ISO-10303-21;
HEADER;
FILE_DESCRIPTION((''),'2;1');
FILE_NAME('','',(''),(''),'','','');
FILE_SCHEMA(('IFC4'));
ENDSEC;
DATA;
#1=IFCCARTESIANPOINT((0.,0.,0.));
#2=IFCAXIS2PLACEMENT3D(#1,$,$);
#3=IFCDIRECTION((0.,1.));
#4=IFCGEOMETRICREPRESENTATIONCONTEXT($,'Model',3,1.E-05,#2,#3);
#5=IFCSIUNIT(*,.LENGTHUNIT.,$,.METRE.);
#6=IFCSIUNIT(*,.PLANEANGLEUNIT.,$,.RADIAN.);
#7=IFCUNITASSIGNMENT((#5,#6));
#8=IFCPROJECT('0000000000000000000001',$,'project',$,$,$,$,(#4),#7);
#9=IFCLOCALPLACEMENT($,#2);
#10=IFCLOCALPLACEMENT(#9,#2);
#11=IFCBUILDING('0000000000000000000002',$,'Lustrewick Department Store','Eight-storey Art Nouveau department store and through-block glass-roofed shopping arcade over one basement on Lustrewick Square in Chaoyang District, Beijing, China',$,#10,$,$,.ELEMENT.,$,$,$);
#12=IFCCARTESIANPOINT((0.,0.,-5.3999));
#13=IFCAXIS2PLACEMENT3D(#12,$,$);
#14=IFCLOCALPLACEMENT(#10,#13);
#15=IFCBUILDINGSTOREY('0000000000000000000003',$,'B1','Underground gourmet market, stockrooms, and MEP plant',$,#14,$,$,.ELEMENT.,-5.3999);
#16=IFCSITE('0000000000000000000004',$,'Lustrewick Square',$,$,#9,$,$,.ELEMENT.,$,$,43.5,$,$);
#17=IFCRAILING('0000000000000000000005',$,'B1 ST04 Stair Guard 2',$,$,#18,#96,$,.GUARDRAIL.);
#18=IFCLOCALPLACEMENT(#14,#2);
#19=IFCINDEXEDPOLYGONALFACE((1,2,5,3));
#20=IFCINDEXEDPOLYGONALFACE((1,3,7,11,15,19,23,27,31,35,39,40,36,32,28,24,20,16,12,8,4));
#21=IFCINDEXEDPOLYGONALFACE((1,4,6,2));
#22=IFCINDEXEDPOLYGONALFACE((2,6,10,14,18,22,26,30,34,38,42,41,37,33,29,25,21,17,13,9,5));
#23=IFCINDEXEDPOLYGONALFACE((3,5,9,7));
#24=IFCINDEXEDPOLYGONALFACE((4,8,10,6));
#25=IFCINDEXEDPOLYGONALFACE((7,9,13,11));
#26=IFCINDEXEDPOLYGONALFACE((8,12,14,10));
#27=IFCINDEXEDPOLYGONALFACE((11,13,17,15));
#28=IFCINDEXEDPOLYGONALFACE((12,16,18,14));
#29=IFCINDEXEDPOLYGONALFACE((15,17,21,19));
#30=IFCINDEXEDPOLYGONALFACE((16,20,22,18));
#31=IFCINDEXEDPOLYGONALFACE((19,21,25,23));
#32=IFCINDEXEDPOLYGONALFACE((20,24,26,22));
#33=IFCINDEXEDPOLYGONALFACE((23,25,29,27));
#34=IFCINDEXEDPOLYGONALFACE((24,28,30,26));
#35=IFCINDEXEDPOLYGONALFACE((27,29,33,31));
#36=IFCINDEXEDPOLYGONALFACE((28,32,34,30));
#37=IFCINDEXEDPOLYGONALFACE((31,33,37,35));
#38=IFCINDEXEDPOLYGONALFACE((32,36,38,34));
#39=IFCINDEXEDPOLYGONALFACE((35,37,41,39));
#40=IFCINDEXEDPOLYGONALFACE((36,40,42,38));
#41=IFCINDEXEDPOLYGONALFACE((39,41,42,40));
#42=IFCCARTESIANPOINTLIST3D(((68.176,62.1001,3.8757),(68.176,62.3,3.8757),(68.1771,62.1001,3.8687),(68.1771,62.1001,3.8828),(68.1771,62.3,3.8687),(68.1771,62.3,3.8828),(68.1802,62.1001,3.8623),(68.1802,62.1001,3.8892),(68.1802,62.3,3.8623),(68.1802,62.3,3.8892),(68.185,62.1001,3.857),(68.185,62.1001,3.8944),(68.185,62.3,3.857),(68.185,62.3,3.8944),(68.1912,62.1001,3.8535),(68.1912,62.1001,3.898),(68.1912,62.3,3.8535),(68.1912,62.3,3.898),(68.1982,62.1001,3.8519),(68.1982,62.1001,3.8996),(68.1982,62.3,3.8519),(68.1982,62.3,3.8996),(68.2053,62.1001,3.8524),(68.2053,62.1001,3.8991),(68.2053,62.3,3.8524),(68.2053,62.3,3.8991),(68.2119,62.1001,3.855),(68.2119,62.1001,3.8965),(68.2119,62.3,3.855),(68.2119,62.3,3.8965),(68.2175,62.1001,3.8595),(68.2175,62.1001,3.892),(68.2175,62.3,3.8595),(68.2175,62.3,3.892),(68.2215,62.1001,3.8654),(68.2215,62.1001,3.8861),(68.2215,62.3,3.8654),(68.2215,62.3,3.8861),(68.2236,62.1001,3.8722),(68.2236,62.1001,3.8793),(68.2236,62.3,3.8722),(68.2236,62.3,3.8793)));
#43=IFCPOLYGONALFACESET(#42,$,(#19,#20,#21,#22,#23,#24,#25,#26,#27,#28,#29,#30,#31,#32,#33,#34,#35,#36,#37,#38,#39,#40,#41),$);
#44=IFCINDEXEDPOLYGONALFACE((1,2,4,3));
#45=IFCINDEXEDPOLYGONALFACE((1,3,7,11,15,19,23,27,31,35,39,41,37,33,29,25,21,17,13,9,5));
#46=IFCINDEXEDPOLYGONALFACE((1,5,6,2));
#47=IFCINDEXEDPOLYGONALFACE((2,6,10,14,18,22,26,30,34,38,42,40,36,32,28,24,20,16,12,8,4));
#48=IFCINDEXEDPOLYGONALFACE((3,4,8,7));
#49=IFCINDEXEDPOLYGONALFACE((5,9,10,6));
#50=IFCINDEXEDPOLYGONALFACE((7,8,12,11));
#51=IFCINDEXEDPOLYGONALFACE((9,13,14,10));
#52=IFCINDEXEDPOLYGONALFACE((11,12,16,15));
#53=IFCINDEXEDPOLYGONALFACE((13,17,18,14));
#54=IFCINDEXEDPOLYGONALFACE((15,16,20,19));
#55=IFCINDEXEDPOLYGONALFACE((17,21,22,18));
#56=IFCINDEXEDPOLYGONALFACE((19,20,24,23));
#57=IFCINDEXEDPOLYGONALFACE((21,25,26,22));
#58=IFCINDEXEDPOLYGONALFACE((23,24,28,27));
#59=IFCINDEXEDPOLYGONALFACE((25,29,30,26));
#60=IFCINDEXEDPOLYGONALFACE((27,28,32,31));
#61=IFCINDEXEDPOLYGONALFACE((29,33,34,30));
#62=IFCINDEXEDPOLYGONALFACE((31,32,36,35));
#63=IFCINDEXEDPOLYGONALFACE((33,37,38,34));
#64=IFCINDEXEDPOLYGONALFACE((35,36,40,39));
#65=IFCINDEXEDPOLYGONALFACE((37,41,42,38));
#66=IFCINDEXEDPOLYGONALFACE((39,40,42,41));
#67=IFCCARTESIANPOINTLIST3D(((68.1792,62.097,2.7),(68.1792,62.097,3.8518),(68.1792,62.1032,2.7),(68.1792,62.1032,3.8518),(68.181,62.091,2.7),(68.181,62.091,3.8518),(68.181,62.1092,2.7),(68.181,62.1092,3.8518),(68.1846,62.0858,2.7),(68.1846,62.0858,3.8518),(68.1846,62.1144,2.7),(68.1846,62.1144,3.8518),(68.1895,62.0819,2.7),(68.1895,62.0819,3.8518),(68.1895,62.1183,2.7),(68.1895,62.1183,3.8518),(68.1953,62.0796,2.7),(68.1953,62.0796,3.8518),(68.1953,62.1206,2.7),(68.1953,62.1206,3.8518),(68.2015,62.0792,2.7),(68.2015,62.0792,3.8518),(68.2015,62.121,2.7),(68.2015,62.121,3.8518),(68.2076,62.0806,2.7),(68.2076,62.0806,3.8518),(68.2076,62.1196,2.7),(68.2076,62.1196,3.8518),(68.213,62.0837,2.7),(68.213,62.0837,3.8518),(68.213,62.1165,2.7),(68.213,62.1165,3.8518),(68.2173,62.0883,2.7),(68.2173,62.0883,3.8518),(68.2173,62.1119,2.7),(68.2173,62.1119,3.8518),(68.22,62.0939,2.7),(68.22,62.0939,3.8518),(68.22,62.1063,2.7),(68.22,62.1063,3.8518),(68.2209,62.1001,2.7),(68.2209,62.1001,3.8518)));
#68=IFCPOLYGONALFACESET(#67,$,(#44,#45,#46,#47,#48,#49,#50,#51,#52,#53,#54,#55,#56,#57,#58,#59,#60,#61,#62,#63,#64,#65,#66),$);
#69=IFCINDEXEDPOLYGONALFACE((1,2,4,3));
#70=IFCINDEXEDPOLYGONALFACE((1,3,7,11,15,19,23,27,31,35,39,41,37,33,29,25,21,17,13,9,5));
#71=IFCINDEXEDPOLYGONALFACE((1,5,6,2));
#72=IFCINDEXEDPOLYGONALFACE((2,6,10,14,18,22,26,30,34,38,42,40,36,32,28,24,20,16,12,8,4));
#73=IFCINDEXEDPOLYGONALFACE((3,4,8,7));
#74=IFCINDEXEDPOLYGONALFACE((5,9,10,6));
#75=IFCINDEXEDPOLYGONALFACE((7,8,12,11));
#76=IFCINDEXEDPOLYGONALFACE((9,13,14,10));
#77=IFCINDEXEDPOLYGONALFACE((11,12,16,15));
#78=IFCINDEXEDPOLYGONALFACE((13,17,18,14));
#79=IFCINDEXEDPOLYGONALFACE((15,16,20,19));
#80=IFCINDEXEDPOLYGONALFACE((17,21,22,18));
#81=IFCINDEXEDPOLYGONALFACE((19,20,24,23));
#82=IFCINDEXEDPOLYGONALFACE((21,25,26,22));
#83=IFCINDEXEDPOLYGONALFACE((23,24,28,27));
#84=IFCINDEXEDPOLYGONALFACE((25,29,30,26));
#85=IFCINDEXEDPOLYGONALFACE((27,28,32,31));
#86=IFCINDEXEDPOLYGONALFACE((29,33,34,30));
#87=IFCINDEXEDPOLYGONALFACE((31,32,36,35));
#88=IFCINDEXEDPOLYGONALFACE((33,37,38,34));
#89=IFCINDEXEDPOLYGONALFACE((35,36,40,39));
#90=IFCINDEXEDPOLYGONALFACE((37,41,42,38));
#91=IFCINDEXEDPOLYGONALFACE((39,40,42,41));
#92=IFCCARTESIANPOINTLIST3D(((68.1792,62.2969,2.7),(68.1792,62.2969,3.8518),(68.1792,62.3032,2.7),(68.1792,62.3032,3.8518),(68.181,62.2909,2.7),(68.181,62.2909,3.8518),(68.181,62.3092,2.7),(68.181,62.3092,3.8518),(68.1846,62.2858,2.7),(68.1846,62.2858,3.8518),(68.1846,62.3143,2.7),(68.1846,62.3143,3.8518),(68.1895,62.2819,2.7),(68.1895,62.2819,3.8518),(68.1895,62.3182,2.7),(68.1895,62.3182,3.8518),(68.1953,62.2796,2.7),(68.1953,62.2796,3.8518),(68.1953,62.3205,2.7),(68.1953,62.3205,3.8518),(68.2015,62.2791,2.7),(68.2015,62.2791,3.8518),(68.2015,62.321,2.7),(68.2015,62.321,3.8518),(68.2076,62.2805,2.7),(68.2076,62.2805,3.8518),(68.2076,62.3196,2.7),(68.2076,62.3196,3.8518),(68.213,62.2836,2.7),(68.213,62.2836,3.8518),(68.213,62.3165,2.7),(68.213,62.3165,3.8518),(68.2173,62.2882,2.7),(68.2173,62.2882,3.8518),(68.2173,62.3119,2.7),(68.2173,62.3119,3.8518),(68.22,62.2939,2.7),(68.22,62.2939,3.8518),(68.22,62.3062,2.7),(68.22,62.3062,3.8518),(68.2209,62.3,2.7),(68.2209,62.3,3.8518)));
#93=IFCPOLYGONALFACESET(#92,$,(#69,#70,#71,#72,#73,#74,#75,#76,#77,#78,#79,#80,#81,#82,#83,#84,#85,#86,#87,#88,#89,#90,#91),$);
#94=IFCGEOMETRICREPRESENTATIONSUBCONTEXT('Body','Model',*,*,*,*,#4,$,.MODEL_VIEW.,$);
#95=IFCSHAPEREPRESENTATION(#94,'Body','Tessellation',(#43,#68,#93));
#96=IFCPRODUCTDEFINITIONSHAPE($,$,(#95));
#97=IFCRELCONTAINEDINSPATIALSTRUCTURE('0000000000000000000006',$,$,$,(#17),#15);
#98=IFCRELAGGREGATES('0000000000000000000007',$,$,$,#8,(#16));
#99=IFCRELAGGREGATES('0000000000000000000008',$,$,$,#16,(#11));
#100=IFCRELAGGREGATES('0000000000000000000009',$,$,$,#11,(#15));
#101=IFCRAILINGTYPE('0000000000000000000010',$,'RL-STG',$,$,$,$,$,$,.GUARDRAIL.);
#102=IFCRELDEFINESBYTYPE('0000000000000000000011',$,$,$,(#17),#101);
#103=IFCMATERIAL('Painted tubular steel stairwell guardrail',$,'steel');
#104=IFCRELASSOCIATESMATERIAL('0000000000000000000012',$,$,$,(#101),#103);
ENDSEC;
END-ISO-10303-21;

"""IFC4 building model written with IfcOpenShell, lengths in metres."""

from ifc_helpers import new_model, si_unit, direction, frame, origin, origin_2d, place, context, subcontext, project, spatial, circle, extrude, material, type_object, element, save


model = new_model("IFC4")

# Units and contexts
model_context = context("Model", 3, precision=1e-05, world=origin(), true_north=direction((0.0, 1.0)))
body_context = subcontext(model_context, "Body", "Model", "MODEL_VIEW")
ifc_project = project(units=[si_unit("LENGTHUNIT", "METRE"), si_unit("PLANEANGLEUNIT", "RADIAN")], contexts=[model_context])

# Site, building, storey
site_placement = place(None, origin())
site = spatial("IfcSite", under=ifc_project, at=site_placement, Name="Lustrewick Square", CompositionType="ELEMENT", RefElevation=43.5)
building_placement = place(site_placement, origin())
building = spatial("IfcBuilding", under=site, at=building_placement, Name="Lustrewick Department Store", Description="Eight-storey Art Nouveau department store and through-block glass-roofed shopping arcade over one basement on Lustrewick Square in Chaoyang District, Beijing, China", CompositionType="ELEMENT")
storey_placement = place(building_placement, frame((0.0, 0.0, -5.3999)))
storey = spatial("IfcBuildingStorey", under=building, at=storey_placement, Name="B1", Description="Underground gourmet market, stockrooms, and MEP plant", CompositionType="ELEMENT", Elevation=-5.3999)

# Railing
ifc_material_1 = material(Name="Painted tubular steel stairwell guardrail", Category="steel")
railing_type_1 = type_object("IfcRailingType", Name="RL-STG", PredefinedType="GUARDRAIL", material=ifc_material_1)
railing_1_placement = place(storey_placement, frame((68.2, 62.1001, 2.7)))
element("IfcRailing", 1, at=railing_1_placement, inside=storey, type_object=railing_type_1, Name="B1 ST04 Stair Guard 2", PredefinedType="GUARDRAIL", context=body_context, shape_type="SweptSolid", body=[
    extrude(circle(Radius=0.0239, at=origin_2d()), frame((0.0, 0.0, 1.1758), z_axis=(0.0, 1.0, 0.0), x_axis=(-1.0, 0.0, 0.0)), (0.0, 0.0, 1.0), 0.2),
    extrude(circle(Radius=0.021, at=origin_2d()), origin(), (0.0, 0.0, 1.0), 1.1519),
    extrude(circle(Radius=0.021, at=origin_2d()), frame((0.0, 0.2, 0.0)), (0.0, 0.0, 1.0), 1.1519),
])

save(model, "model.ifc")
